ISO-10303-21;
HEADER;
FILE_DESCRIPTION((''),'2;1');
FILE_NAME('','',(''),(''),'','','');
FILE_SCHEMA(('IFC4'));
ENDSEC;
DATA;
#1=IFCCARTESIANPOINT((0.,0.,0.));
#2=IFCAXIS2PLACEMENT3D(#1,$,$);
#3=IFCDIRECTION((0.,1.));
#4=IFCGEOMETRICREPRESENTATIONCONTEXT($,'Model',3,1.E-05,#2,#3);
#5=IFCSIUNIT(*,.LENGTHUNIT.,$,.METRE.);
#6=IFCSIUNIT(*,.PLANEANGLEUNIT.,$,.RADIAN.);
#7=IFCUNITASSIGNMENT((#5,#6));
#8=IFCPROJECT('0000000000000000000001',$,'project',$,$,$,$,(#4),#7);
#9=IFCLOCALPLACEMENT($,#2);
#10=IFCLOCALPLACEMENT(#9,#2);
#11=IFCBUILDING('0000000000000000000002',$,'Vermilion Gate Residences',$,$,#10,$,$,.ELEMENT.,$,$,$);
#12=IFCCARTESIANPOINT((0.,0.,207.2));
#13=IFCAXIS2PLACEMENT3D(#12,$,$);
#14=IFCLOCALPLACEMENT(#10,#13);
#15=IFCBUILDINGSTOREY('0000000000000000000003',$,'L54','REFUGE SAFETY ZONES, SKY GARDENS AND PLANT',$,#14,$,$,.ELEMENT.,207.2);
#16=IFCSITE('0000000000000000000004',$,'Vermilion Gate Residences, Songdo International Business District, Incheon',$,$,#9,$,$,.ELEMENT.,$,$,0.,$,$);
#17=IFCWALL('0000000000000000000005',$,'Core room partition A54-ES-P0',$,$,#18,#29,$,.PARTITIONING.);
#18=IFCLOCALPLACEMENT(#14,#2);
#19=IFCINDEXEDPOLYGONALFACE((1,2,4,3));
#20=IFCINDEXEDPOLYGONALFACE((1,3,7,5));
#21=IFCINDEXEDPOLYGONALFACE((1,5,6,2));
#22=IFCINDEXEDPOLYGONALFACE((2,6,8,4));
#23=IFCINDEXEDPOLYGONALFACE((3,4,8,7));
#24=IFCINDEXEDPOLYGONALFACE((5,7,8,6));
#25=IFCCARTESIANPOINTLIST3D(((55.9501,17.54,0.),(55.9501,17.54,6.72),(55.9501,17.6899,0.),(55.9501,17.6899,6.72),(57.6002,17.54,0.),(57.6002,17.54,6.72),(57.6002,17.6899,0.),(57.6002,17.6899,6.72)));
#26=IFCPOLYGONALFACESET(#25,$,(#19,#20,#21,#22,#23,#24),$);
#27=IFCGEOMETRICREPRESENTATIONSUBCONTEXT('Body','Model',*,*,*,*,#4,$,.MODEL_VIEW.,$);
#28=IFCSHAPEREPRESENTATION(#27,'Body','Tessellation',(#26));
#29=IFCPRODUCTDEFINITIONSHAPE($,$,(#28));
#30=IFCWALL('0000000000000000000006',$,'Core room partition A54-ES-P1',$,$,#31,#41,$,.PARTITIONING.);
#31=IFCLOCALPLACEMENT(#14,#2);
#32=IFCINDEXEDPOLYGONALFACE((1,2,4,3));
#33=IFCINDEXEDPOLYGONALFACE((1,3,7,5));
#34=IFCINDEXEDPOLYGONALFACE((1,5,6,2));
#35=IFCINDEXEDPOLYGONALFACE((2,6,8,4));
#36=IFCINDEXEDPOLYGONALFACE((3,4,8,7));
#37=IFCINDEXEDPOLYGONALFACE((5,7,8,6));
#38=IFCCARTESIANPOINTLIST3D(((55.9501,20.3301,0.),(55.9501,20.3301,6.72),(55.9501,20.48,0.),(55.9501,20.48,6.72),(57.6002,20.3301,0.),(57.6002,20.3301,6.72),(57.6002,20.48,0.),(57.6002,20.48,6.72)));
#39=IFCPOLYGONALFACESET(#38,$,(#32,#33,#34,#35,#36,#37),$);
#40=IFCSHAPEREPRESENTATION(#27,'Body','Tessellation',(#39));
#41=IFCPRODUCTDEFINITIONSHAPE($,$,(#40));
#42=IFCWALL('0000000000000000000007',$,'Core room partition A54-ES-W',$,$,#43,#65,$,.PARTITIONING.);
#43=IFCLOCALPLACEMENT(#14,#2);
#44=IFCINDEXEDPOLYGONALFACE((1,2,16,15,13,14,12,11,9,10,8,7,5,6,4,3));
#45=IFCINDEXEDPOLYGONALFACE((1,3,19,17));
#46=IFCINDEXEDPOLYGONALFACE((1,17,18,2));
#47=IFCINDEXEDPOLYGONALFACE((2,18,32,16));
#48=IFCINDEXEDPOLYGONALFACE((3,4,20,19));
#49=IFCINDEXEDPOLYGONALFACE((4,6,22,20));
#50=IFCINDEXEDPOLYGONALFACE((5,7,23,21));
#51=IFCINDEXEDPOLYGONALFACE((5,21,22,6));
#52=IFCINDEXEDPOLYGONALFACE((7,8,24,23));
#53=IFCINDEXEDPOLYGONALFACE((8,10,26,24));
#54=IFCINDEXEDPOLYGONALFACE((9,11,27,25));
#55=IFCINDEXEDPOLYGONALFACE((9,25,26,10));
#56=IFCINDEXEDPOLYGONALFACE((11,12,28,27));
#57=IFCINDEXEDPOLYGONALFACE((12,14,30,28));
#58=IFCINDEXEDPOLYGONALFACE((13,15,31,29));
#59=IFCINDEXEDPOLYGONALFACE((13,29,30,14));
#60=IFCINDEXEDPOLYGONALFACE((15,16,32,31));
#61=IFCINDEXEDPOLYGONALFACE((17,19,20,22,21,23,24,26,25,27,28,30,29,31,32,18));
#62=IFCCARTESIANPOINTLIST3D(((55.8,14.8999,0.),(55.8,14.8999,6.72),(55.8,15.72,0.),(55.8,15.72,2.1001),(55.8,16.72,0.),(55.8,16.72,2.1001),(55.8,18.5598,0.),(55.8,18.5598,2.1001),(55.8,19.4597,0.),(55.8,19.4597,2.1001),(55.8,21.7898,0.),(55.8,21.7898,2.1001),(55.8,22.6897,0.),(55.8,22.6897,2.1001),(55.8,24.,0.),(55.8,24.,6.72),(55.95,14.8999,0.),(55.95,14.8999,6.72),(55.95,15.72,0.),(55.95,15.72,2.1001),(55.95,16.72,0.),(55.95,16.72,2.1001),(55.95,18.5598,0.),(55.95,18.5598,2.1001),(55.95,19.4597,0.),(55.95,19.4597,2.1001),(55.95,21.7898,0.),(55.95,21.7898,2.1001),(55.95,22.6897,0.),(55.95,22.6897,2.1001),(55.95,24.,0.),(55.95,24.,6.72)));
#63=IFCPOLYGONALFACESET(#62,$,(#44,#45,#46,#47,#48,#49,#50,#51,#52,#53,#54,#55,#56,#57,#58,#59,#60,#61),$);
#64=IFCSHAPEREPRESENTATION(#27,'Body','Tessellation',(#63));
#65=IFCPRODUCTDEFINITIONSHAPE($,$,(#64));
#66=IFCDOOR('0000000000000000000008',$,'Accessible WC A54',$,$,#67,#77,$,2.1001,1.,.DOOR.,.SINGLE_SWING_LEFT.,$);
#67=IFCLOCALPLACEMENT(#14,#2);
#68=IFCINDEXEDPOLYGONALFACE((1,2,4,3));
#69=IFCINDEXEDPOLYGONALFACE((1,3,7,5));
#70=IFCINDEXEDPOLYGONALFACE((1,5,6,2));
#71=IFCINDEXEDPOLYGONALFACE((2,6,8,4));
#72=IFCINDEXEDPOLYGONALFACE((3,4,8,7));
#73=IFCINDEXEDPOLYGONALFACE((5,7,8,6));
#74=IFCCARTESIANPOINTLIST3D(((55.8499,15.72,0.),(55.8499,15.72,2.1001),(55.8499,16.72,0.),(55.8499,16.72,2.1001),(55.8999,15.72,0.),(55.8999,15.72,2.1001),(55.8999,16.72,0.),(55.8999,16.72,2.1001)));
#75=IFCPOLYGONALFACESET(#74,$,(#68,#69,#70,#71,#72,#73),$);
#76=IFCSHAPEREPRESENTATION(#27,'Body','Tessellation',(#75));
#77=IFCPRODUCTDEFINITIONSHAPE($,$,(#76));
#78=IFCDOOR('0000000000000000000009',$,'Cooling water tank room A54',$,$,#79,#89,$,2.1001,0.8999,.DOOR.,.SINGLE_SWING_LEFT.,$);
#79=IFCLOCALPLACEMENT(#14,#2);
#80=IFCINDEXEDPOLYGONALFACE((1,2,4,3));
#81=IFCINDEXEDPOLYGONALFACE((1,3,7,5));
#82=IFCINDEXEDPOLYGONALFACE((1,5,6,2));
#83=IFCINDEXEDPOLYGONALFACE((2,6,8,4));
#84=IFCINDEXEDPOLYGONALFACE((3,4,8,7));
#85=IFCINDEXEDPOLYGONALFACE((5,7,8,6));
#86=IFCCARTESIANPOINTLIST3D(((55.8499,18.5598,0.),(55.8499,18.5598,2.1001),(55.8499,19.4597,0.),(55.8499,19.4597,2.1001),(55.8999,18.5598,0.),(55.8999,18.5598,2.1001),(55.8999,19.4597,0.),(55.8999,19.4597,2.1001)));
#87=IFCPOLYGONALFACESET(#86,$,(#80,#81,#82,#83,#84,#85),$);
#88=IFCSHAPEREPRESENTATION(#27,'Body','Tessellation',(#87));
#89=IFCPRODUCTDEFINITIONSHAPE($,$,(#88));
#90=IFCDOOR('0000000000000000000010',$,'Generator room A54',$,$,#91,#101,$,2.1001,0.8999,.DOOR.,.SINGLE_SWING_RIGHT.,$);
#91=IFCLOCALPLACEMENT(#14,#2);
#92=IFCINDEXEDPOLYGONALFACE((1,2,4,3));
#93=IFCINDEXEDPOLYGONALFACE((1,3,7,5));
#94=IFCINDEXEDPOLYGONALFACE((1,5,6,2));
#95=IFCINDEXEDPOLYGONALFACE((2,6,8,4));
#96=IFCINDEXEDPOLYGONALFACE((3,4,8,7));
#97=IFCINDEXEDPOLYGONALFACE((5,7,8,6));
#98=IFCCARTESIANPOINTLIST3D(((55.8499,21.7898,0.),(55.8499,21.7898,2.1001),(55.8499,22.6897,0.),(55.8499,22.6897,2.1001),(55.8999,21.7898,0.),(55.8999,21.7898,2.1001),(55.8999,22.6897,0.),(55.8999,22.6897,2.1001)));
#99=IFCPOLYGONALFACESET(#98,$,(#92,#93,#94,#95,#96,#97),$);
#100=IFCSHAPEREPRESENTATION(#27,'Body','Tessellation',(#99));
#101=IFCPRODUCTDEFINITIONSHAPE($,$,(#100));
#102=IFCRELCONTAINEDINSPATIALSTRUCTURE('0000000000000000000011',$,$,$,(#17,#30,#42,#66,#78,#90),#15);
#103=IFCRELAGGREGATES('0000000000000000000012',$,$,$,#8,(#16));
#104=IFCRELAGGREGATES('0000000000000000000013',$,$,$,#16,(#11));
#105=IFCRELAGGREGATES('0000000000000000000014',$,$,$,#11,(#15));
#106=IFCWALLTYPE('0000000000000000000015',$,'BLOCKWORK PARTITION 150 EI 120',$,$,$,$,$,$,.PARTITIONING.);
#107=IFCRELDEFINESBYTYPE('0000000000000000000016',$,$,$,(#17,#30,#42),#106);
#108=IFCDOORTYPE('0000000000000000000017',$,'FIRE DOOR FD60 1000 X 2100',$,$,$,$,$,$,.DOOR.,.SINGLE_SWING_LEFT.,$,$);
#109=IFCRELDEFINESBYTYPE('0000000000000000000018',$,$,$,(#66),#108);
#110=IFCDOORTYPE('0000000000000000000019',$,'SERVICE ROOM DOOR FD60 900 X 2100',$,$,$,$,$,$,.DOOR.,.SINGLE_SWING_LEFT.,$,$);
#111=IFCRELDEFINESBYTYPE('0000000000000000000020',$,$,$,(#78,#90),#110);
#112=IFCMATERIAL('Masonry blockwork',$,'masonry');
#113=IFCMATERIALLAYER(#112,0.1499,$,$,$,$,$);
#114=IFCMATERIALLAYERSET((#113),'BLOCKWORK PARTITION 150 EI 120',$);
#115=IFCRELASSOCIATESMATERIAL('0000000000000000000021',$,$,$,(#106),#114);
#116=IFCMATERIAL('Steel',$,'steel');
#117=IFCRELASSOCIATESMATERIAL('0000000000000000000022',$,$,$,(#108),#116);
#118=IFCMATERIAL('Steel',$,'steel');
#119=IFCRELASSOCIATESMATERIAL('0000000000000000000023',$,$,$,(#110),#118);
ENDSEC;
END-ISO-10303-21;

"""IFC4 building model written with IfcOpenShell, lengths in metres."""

from ifc_helpers import new_model, si_unit, direction, frame, frame_2d, origin, place, context, subcontext, project, spatial, rectangle, extrude, material, layer, layer_set, type_object, element, fill, save


model = new_model("IFC4")

# Units and contexts
model_context = context("Model", 3, precision=1e-05, world=origin(), true_north=direction((0.0, 1.0)))
body_context = subcontext(model_context, "Body", "Model", "MODEL_VIEW")
ifc_project = project(units=[si_unit("LENGTHUNIT", "METRE"), si_unit("PLANEANGLEUNIT", "RADIAN")], contexts=[model_context])

# Site, building, storey
site_placement = place(None, origin())
site = spatial("IfcSite", under=ifc_project, at=site_placement, Name="Vermilion Gate Residences, Songdo International Business District, Incheon", CompositionType="ELEMENT", RefElevation=0.0)
building_placement = place(site_placement, origin())
building = spatial("IfcBuilding", under=site, at=building_placement, Name="Vermilion Gate Residences", CompositionType="ELEMENT")
storey_placement = place(building_placement, frame((0.0, 0.0, 207.2)))
storey = spatial("IfcBuildingStorey", under=building, at=storey_placement, Name="L54", Description="REFUGE SAFETY ZONES, SKY GARDENS AND PLANT", CompositionType="ELEMENT", Elevation=207.2)

# Walls
ifc_material_1 = material(Name="Masonry blockwork", Category="masonry")
ifc_layer_1 = layer(ifc_material_1, 0.1499)
ifc_layer_set_1 = layer_set([ifc_layer_1], Name="BLOCKWORK PARTITION 150 EI 120")
wall_type_1 = type_object("IfcWallType", Name="BLOCKWORK PARTITION 150 EI 120", PredefinedType="PARTITIONING", material=ifc_layer_set_1)
for number, where, z_axis, x_axis, name in (
    (1, (55.95, 17.615, 0.0), (0.0, 0.0, 1.0), (1.0, 0.0, 0.0), "Core room partition A54-ES-P0"),
    (2, (55.95, 20.405, 0.0), (0.0, 0.0, 1.0), (1.0, 0.0, 0.0), "Core room partition A54-ES-P1"),
):
    element("IfcWall", number, at=place(storey_placement, frame(where, z_axis=z_axis, x_axis=x_axis)), inside=storey, type_object=wall_type_1, Name=name, PredefinedType="PARTITIONING", context=body_context, shape_type="SweptSolid", body=[
        extrude(rectangle(XDim=1.6501, YDim=0.1499, at=frame_2d((0.8252, 0.0))), origin(), (0.0, 0.0, 1.0), 6.72),
    ])

# Wall, openings, doors
wall_1_placement = place(storey_placement, frame((55.875, 14.8999, 0.0), z_axis=(0.0, 0.0, 1.0), x_axis=(0.0, 1.0, 0.0)))
wall_1 = element("IfcWall", 3, at=wall_1_placement, inside=storey, type_object=wall_type_1, Name="Core room partition A54-ES-W", PredefinedType="PARTITIONING", context=body_context, shape_type="SweptSolid", body=[
    extrude(rectangle(XDim=9.1001, YDim=0.1499, at=frame_2d((4.55, 0.0))), origin(), (0.0, 0.0, 1.0), 6.72),
])
opening_1_placement = place(wall_1_placement, frame((0.8201, 0.0, 0.0)))
opening_1 = element("IfcOpeningElement", 4, at=opening_1_placement, cuts=wall_1, PredefinedType="OPENING", context=body_context, shape_type="SweptSolid", body=[
    extrude(rectangle(XDim=1.0, YDim=2.1001, at=frame_2d((0.5, 1.05))), frame((0.0, 0.085, 0.0), z_axis=(0.0, -1.0, 0.0), x_axis=(1.0, 0.0, 0.0)), (0.0, 0.0, 1.0), 0.1699),
])
opening_2_placement = place(wall_1_placement, frame((3.6599, 0.0, 0.0)))
opening_2 = element("IfcOpeningElement", 5, at=opening_2_placement, cuts=wall_1, PredefinedType="OPENING", context=body_context, shape_type="SweptSolid", body=[
    extrude(rectangle(XDim=0.8999, YDim=2.1001, at=frame_2d((0.45, 1.05))), frame((0.0, 0.085, 0.0), z_axis=(0.0, -1.0, 0.0), x_axis=(1.0, 0.0, 0.0)), (0.0, 0.0, 1.0), 0.1699),
])
opening_3_placement = place(wall_1_placement, frame((6.8899, 0.0, 0.0)))
opening_3 = element("IfcOpeningElement", 6, at=opening_3_placement, cuts=wall_1, PredefinedType="OPENING", context=body_context, shape_type="SweptSolid", body=[
    extrude(rectangle(XDim=0.8999, YDim=2.1001, at=frame_2d((0.45, 1.05))), frame((0.0, 0.085, 0.0), z_axis=(0.0, -1.0, 0.0), x_axis=(1.0, 0.0, 0.0)), (0.0, 0.0, 1.0), 0.1699),
])
ifc_material_2 = material(Name="Steel", Category="steel")
door_type_1 = type_object("IfcDoorType", Name="FIRE DOOR FD60 1000 X 2100", OperationType="SINGLE_SWING_LEFT", PredefinedType="DOOR", material=ifc_material_2)
door_1_placement = place(opening_1_placement, frame((1.0, 0.0, 0.0), z_axis=(0.0, 0.0, 1.0), x_axis=(-1.0, 0.0, 0.0)))
door_1 = element("IfcDoor", 7, at=door_1_placement, inside=storey, type_object=door_type_1, Name="Accessible WC A54", OperationType="SINGLE_SWING_LEFT", OverallHeight=2.1001, OverallWidth=1.0, PredefinedType="DOOR", context=body_context, shape_type="SweptSolid", body=[
    extrude(rectangle(XDim=1.0, YDim=2.1001, at=frame_2d((0.5, 1.05))), frame((0.0, 0.0249, 0.0), z_axis=(0.0, -1.0, 0.0), x_axis=(1.0, 0.0, 0.0)), (0.0, 0.0, 1.0), 0.05),
])
fill(opening_1, door_1)
ifc_material_3 = material(Name="Steel", Category="steel")
door_type_2 = type_object("IfcDoorType", Name="SERVICE ROOM DOOR FD60 900 X 2100", OperationType="SINGLE_SWING_LEFT", PredefinedType="DOOR", material=ifc_material_3)
door_2_placement = place(opening_2_placement, frame((0.8999, 0.0, 0.0), z_axis=(0.0, 0.0, 1.0), x_axis=(-1.0, 0.0, 0.0)))
door_2 = element("IfcDoor", 8, at=door_2_placement, inside=storey, type_object=door_type_2, Name="Cooling water tank room A54", OperationType="SINGLE_SWING_LEFT", OverallHeight=2.1001, OverallWidth=0.8999, PredefinedType="DOOR", context=body_context, shape_type="SweptSolid", body=[
    extrude(rectangle(XDim=0.8999, YDim=2.1001, at=frame_2d((0.45, 1.05))), frame((0.0, 0.0249, 0.0), z_axis=(0.0, -1.0, 0.0), x_axis=(1.0, 0.0, 0.0)), (0.0, 0.0, 1.0), 0.05),
])
fill(opening_2, door_2)
door_3_placement = place(opening_3_placement, frame((0.8999, 0.0, 0.0), z_axis=(0.0, 0.0, 1.0), x_axis=(-1.0, 0.0, 0.0)))
door_3 = element("IfcDoor", 9, at=door_3_placement, inside=storey, type_object=door_type_2, Name="Generator room A54", OperationType="SINGLE_SWING_RIGHT", OverallHeight=2.1001, OverallWidth=0.8999, PredefinedType="DOOR", context=body_context, shape_type="SweptSolid", body=[
    extrude(rectangle(XDim=0.8999, YDim=2.1001, at=frame_2d((0.45, 1.05))), frame((0.0, 0.0249, 0.0), z_axis=(0.0, -1.0, 0.0), x_axis=(1.0, 0.0, 0.0)), (0.0, 0.0, 1.0), 0.05),
])
fill(opening_3, door_3)

save(model, "model.ifc")
